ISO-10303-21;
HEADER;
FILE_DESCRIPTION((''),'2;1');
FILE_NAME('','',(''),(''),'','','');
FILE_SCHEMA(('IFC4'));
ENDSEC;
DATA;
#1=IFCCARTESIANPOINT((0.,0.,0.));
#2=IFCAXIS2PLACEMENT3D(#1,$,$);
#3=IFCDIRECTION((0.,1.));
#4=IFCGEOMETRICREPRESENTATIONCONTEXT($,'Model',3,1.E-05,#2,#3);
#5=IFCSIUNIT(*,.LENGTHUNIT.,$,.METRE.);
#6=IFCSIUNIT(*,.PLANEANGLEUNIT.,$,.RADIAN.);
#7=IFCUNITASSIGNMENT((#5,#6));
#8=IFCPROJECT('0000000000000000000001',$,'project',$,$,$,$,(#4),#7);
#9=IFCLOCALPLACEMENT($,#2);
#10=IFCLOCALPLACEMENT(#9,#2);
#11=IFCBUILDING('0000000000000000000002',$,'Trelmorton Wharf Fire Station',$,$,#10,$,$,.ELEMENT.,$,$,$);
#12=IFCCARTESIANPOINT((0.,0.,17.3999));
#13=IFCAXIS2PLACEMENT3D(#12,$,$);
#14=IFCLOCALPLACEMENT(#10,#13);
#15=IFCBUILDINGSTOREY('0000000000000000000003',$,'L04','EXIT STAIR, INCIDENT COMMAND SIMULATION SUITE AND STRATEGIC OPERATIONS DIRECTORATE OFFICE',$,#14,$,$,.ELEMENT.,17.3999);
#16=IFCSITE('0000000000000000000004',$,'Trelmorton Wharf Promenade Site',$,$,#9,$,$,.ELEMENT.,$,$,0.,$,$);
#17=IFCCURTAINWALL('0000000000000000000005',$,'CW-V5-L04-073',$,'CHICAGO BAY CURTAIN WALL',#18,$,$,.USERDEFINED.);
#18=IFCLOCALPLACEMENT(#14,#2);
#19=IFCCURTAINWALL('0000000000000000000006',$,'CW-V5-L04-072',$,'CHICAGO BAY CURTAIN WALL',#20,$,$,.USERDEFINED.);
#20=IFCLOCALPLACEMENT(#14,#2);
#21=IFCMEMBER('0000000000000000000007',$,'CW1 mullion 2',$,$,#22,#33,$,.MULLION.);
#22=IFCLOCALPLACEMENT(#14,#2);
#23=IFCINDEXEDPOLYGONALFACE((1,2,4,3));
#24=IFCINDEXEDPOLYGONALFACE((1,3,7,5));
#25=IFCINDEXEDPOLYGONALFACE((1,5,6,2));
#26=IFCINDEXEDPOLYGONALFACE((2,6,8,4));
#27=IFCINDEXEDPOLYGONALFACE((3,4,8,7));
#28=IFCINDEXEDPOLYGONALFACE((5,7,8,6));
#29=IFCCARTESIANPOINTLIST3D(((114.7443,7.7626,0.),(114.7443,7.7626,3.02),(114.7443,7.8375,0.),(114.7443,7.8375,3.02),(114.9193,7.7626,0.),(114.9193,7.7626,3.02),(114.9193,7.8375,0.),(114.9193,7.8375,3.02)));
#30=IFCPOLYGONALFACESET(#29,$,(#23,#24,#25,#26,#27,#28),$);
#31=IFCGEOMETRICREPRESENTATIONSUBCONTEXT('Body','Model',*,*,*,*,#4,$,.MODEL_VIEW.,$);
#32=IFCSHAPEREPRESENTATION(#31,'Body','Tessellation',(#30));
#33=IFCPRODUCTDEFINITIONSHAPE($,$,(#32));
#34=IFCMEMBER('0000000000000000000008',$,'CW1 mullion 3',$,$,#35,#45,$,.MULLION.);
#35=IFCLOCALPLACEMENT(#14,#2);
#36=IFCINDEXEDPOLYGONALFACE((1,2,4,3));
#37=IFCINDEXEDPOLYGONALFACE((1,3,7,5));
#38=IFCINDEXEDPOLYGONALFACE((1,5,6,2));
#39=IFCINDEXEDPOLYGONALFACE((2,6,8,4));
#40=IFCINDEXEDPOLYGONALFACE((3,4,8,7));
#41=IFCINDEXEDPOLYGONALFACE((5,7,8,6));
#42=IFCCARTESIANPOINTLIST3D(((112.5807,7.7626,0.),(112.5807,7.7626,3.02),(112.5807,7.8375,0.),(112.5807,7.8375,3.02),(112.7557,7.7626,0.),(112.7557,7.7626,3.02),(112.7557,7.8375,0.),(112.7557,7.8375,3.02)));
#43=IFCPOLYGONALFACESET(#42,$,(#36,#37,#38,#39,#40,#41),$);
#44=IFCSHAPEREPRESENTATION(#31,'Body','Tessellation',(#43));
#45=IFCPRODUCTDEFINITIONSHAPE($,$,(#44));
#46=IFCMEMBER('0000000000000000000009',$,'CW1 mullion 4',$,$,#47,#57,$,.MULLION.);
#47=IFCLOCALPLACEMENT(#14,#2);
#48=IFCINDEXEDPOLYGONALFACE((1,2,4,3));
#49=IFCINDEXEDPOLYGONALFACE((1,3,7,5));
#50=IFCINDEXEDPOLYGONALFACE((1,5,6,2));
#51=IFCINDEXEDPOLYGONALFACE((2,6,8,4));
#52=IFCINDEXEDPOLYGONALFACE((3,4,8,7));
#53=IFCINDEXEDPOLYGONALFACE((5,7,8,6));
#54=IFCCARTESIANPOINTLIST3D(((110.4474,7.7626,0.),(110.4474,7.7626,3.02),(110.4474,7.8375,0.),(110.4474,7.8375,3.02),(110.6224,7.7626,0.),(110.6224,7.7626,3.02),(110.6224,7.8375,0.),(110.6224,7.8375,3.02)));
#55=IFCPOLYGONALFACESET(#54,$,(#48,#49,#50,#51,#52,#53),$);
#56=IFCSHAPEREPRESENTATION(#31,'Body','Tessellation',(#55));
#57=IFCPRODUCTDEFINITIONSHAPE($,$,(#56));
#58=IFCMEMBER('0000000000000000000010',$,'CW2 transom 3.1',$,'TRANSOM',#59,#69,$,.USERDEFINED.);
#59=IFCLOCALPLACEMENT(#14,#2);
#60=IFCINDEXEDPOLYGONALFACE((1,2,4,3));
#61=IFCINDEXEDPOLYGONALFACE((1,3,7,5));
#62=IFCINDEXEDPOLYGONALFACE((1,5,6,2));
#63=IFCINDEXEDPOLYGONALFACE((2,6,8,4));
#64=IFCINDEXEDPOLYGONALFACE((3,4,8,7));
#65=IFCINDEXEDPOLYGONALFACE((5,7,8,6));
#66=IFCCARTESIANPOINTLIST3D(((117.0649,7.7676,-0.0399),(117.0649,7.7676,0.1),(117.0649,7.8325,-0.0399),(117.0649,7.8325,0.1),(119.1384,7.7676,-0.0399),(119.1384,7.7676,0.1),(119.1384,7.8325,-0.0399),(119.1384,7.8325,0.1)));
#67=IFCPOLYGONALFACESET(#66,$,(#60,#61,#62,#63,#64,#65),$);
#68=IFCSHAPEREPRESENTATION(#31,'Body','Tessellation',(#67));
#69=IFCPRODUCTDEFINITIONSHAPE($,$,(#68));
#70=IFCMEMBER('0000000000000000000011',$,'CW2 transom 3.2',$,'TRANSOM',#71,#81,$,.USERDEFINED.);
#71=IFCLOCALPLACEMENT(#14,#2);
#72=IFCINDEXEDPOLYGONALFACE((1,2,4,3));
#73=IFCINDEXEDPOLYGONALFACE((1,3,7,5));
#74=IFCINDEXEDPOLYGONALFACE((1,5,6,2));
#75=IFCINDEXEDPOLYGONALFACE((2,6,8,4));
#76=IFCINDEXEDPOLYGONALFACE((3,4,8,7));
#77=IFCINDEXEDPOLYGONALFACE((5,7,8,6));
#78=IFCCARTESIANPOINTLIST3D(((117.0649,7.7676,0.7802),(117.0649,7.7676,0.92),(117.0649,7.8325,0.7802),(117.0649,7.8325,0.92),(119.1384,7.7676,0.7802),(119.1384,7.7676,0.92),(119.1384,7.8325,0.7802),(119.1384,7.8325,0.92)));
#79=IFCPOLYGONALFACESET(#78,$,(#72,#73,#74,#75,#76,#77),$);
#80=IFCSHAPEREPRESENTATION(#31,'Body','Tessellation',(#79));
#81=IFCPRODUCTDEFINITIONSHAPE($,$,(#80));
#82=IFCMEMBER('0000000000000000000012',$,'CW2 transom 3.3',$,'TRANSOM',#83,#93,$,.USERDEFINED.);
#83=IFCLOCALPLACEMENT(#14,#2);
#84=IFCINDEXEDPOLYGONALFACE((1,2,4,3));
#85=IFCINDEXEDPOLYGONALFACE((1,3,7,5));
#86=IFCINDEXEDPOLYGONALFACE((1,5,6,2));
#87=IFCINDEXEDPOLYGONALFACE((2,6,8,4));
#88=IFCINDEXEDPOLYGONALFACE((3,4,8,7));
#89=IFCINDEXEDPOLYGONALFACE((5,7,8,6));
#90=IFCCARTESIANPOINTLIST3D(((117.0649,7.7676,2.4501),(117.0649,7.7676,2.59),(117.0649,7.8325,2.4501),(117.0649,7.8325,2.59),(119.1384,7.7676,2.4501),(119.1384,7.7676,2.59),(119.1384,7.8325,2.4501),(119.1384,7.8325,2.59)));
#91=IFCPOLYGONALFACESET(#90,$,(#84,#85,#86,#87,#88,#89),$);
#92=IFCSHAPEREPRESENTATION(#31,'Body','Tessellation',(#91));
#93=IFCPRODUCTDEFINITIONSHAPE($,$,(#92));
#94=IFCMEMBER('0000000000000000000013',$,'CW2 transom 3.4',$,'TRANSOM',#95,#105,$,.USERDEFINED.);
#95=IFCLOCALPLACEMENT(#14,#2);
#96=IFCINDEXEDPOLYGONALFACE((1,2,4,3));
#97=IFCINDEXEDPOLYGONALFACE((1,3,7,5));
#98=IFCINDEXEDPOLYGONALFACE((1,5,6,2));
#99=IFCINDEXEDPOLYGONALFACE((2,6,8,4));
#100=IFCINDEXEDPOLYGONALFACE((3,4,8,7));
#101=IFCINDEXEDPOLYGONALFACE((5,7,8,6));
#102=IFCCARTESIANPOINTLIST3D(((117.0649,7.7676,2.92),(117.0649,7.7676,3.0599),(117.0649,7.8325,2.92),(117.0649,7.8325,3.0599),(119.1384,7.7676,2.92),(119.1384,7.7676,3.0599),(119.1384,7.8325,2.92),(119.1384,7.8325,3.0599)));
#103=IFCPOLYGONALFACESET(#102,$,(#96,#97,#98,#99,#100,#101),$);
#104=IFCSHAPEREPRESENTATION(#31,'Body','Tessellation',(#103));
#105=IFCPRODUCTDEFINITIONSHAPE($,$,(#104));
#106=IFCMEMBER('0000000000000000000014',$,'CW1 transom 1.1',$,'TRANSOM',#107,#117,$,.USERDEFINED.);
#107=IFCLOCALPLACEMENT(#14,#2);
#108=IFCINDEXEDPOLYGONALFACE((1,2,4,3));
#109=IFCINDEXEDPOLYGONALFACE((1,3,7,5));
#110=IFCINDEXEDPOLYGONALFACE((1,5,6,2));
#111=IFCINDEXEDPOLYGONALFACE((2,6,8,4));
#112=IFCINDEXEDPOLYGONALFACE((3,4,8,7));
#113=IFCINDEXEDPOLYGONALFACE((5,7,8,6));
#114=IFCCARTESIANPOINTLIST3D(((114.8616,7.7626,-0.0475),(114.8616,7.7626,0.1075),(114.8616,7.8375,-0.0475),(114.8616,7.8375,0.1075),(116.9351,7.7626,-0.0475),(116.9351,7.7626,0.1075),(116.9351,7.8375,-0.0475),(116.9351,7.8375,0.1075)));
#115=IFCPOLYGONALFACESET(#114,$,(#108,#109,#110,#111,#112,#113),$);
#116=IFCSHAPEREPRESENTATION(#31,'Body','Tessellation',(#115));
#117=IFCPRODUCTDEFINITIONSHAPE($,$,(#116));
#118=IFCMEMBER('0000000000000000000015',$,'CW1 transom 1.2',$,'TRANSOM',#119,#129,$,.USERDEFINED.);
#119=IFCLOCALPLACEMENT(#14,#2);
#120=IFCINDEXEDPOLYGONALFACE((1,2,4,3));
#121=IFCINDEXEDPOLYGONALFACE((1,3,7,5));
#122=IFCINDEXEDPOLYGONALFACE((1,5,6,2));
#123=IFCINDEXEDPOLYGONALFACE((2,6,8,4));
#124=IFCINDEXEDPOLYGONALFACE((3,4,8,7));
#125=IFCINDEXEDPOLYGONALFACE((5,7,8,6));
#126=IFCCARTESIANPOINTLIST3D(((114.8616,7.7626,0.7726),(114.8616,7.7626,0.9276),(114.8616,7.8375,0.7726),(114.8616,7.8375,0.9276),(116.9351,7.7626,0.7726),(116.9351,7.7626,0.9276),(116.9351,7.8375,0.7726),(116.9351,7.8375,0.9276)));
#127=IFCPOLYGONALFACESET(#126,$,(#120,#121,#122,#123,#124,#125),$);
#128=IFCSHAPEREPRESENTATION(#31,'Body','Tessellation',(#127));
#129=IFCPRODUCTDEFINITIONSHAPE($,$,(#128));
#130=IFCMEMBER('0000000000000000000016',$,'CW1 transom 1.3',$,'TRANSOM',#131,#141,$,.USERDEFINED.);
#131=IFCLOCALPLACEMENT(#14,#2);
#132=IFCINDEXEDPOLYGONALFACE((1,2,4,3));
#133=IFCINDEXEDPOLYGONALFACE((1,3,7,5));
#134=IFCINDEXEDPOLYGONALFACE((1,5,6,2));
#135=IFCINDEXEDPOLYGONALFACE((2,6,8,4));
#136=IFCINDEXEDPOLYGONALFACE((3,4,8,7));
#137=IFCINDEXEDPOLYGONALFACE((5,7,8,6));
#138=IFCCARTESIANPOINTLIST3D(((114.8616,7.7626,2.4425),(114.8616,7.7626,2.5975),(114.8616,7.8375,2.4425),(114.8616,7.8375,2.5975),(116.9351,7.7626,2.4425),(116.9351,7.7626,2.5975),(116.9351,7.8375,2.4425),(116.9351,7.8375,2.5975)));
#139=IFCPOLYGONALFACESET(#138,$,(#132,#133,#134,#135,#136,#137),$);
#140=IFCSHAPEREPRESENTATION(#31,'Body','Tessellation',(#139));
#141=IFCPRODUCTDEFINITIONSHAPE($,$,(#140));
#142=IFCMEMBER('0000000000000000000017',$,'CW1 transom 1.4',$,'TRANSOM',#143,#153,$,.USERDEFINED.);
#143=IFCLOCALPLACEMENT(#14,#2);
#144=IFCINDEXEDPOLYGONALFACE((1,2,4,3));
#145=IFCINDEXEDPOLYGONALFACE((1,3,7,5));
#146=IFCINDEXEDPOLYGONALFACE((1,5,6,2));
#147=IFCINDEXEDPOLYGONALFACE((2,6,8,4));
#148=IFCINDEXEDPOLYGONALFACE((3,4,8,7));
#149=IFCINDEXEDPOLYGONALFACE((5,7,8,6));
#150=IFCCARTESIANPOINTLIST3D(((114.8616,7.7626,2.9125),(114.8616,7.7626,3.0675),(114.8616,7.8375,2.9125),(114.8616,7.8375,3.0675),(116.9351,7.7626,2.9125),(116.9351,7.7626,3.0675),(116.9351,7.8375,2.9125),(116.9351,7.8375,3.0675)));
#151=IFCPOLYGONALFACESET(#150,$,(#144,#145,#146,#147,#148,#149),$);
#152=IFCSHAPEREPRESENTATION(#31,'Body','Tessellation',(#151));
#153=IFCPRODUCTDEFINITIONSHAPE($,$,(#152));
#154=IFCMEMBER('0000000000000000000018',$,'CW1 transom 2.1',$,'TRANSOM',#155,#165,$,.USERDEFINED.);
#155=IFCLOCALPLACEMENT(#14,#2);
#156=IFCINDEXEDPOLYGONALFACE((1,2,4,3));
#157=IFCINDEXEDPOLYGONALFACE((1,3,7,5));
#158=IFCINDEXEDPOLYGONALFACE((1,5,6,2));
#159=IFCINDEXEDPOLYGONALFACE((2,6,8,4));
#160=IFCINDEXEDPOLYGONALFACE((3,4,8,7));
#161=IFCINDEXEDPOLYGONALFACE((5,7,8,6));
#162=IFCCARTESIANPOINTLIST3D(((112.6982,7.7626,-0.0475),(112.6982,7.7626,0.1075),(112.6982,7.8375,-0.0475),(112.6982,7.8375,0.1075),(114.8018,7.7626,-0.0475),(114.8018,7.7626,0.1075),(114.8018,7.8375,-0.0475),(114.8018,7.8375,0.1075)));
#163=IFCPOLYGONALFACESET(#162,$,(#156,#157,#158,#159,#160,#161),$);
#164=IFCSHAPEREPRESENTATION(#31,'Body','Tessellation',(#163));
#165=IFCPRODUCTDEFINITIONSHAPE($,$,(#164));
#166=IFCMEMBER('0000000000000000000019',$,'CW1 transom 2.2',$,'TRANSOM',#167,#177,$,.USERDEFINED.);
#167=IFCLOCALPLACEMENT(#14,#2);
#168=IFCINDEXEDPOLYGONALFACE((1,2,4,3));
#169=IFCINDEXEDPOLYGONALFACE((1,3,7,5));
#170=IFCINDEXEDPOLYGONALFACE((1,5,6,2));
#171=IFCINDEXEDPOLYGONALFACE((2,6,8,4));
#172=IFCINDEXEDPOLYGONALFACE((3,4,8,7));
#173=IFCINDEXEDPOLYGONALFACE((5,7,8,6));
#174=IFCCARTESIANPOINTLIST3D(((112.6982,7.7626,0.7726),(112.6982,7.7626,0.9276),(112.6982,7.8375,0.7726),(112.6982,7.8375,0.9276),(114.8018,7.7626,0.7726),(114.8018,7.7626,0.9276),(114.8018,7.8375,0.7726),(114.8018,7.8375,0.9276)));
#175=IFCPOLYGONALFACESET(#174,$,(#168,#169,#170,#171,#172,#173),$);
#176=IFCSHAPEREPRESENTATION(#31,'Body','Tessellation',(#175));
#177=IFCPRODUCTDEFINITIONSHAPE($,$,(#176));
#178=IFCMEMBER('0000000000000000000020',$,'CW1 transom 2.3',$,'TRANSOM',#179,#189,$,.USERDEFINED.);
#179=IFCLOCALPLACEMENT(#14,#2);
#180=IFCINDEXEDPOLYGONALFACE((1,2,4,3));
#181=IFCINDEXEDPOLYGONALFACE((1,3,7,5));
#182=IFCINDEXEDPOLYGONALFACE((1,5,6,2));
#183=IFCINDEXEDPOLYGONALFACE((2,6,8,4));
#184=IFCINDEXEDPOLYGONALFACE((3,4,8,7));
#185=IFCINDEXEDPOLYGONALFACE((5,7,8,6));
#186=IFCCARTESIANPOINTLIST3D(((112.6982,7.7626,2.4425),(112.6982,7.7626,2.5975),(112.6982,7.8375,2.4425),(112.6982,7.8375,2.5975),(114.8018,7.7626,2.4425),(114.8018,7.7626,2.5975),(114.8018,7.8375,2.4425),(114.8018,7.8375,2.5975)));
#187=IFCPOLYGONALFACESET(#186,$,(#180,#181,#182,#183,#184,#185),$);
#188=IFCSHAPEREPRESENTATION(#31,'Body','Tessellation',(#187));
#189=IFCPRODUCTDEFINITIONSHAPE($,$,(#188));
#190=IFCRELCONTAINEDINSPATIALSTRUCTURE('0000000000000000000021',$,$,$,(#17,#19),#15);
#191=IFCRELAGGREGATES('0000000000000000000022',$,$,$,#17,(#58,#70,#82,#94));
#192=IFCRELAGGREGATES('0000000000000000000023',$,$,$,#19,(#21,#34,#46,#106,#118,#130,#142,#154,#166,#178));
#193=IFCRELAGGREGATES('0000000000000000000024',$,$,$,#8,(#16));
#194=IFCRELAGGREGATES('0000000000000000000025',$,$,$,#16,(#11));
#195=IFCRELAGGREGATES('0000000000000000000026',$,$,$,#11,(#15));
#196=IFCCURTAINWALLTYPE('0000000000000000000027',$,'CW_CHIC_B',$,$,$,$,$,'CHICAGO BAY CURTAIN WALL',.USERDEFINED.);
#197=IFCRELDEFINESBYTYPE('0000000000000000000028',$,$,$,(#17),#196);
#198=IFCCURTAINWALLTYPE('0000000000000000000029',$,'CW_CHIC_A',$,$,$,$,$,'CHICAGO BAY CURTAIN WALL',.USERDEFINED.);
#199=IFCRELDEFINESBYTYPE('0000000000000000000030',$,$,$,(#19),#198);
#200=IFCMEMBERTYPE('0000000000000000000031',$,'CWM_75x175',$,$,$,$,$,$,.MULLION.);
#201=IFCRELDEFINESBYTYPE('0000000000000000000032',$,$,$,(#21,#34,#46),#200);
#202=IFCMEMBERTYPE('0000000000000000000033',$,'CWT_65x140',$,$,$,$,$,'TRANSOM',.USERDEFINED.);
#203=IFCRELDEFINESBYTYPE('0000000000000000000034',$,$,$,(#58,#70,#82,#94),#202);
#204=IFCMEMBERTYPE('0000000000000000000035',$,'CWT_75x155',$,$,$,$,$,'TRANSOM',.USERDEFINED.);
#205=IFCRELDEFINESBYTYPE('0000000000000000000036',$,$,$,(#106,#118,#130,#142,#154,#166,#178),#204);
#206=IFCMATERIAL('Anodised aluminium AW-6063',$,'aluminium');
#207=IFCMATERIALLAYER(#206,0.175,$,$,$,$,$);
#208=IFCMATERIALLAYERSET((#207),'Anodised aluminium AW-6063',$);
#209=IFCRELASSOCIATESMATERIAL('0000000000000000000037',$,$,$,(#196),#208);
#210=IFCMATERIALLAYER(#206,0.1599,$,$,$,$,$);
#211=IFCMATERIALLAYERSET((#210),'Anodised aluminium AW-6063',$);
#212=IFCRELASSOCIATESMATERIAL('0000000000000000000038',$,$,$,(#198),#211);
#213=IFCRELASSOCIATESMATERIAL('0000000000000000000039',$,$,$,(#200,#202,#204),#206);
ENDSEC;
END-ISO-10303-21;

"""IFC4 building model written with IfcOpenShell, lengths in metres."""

from ifc_helpers import new_model, si_unit, direction, frame, origin, origin_2d, place, context, subcontext, project, spatial, rectangle, extrude, material, layer, layer_set, material_profile, profile_set, type_object, element, aggregate, save


model = new_model("IFC4")

# Units and contexts
model_context = context("Model", 3, precision=1e-05, world=origin(), true_north=direction((0.0, 1.0)))
body_context = subcontext(model_context, "Body", "Model", "MODEL_VIEW")
ifc_project = project(units=[si_unit("LENGTHUNIT", "METRE"), si_unit("PLANEANGLEUNIT", "RADIAN")], contexts=[model_context])

# Site, building, storey
site_placement = place(None, origin())
site = spatial("IfcSite", under=ifc_project, at=site_placement, Name="Trelmorton Wharf Promenade Site", CompositionType="ELEMENT", RefElevation=0.0)
building_placement = place(site_placement, origin())
building = spatial("IfcBuilding", under=site, at=building_placement, Name="Trelmorton Wharf Fire Station", CompositionType="ELEMENT")
storey_placement = place(building_placement, frame((0.0, 0.0, 17.3999)))
storey = spatial("IfcBuildingStorey", under=building, at=storey_placement, Name="L04", Description="EXIT STAIR, INCIDENT COMMAND SIMULATION SUITE AND STRATEGIC OPERATIONS DIRECTORATE OFFICE", CompositionType="ELEMENT", Elevation=17.3999)

# Curtain walls, members
ifc_material_1 = material(Name="Anodised aluminium AW-6063", Category="aluminium")
ifc_layer_1 = layer(ifc_material_1, 0.175)
ifc_layer_set_1 = layer_set([ifc_layer_1], Name="Anodised aluminium AW-6063")
curtain_wall_type_1 = type_object("IfcCurtainWallType", Name="CW_CHIC_B", ElementType="CHICAGO BAY CURTAIN WALL", PredefinedType="USERDEFINED", material=ifc_layer_set_1)
curtain_wall_1_placement = place(storey_placement, origin())
curtain_wall_1 = element("IfcCurtainWall", 1, at=curtain_wall_1_placement, inside=storey, type_object=curtain_wall_type_1, Name="CW-V5-L04-073", ObjectType="CHICAGO BAY CURTAIN WALL", PredefinedType="USERDEFINED")
ifc_layer_2 = layer(ifc_material_1, 0.1599)
ifc_layer_set_2 = layer_set([ifc_layer_2], Name="Anodised aluminium AW-6063")
curtain_wall_type_2 = type_object("IfcCurtainWallType", Name="CW_CHIC_A", ElementType="CHICAGO BAY CURTAIN WALL", PredefinedType="USERDEFINED", material=ifc_layer_set_2)
curtain_wall_2_placement = place(storey_placement, origin())
curtain_wall_2 = element("IfcCurtainWall", 2, at=curtain_wall_2_placement, inside=storey, type_object=curtain_wall_type_2, Name="CW-V5-L04-072", ObjectType="CHICAGO BAY CURTAIN WALL", PredefinedType="USERDEFINED")
ifc_material_profile_1 = material_profile(ifc_material_1, rectangle(XDim=0.075, YDim=0.175, at=origin_2d()), Name="ALU-75x175")
ifc_profile_set_1 = profile_set([ifc_material_profile_1], Name="Anodised aluminium AW-6063")
member_type_1 = type_object("IfcMemberType", Name="CWM_75x175", PredefinedType="MULLION", material=ifc_profile_set_1)
member_1_placement = place(storey_placement, frame((114.8318, 7.8, 0.0), z_axis=(0.0, 0.0, 1.0), x_axis=(0.0, -1.0, 0.0)))
member_1 = element("IfcMember", 3, at=member_1_placement, type_object=member_type_1, Name="CW1 mullion 2", PredefinedType="MULLION", context=body_context, shape_type="SweptSolid", body=[
    extrude(rectangle(XDim=0.075, YDim=0.175, at=origin_2d()), origin(), (0.0, 0.0, 1.0), 3.02),
])
member_2_placement = place(storey_placement, frame((112.6682, 7.8, 0.0), z_axis=(0.0, 0.0, 1.0), x_axis=(0.0, -1.0, 0.0)))
member_2 = element("IfcMember", 4, at=member_2_placement, type_object=member_type_1, Name="CW1 mullion 3", PredefinedType="MULLION", context=body_context, shape_type="SweptSolid", body=[
    extrude(rectangle(XDim=0.075, YDim=0.175, at=origin_2d()), origin(), (0.0, 0.0, 1.0), 3.02),
])
member_3_placement = place(storey_placement, frame((110.5349, 7.8, 0.0), z_axis=(0.0, 0.0, 1.0), x_axis=(0.0, -1.0, 0.0)))
member_3 = element("IfcMember", 5, at=member_3_placement, type_object=member_type_1, Name="CW1 mullion 4", PredefinedType="MULLION", context=body_context, shape_type="SweptSolid", body=[
    extrude(rectangle(XDim=0.075, YDim=0.175, at=origin_2d()), origin(), (0.0, 0.0, 1.0), 3.02),
])

# Members
ifc_material_profile_2 = material_profile(ifc_material_1, rectangle(XDim=0.0649, YDim=0.1399, at=origin_2d()), Name="ALU-65x140")
ifc_profile_set_2 = profile_set([ifc_material_profile_2], Name="Anodised aluminium AW-6063")
member_type_2 = type_object("IfcMemberType", Name="CWT_65x140", ElementType="TRANSOM", PredefinedType="USERDEFINED", material=ifc_profile_set_2)
member_4_placement = place(storey_placement, frame((119.1384, 7.8, 0.03), z_axis=(-1.0, 0.0, 0.0), x_axis=(0.0, -1.0, 0.0)))
member_4 = element("IfcMember", 6, at=member_4_placement, type_object=member_type_2, Name="CW2 transom 3.1", ObjectType="TRANSOM", PredefinedType="USERDEFINED", context=body_context, shape_type="SweptSolid", body=[
    extrude(rectangle(XDim=0.0649, YDim=0.1399, at=origin_2d()), origin(), (0.0, 0.0, 1.0), 2.0735),
])
member_5_placement = place(storey_placement, frame((119.1384, 7.8, 0.8501), z_axis=(-1.0, 0.0, 0.0), x_axis=(0.0, -1.0, 0.0)))
member_5 = element("IfcMember", 7, at=member_5_placement, type_object=member_type_2, Name="CW2 transom 3.2", ObjectType="TRANSOM", PredefinedType="USERDEFINED", context=body_context, shape_type="SweptSolid", body=[
    extrude(rectangle(XDim=0.0649, YDim=0.1399, at=origin_2d()), origin(), (0.0, 0.0, 1.0), 2.0735),
])
member_6_placement = place(storey_placement, frame((119.1384, 7.8, 2.52), z_axis=(-1.0, 0.0, 0.0), x_axis=(0.0, -1.0, 0.0)))
member_6 = element("IfcMember", 8, at=member_6_placement, type_object=member_type_2, Name="CW2 transom 3.3", ObjectType="TRANSOM", PredefinedType="USERDEFINED", context=body_context, shape_type="SweptSolid", body=[
    extrude(rectangle(XDim=0.0649, YDim=0.1399, at=origin_2d()), origin(), (0.0, 0.0, 1.0), 2.0735),
])
member_7_placement = place(storey_placement, frame((119.1384, 7.8, 2.99), z_axis=(-1.0, 0.0, 0.0), x_axis=(0.0, -1.0, 0.0)))
member_7 = element("IfcMember", 9, at=member_7_placement, type_object=member_type_2, Name="CW2 transom 3.4", ObjectType="TRANSOM", PredefinedType="USERDEFINED", context=body_context, shape_type="SweptSolid", body=[
    extrude(rectangle(XDim=0.0649, YDim=0.1399, at=origin_2d()), origin(), (0.0, 0.0, 1.0), 2.0735),
])
ifc_material_profile_3 = material_profile(ifc_material_1, rectangle(XDim=0.075, YDim=0.155, at=origin_2d()), Name="ALU-75x155")
ifc_profile_set_3 = profile_set([ifc_material_profile_3], Name="Anodised aluminium AW-6063")
member_type_3 = type_object("IfcMemberType", Name="CWT_75x155", ElementType="TRANSOM", PredefinedType="USERDEFINED", material=ifc_profile_set_3)
member_8_placement = place(storey_placement, frame((116.9351, 7.8, 0.03), z_axis=(-1.0, 0.0, 0.0), x_axis=(0.0, -1.0, 0.0)))
member_8 = element("IfcMember", 10, at=member_8_placement, type_object=member_type_3, Name="CW1 transom 1.1", ObjectType="TRANSOM", PredefinedType="USERDEFINED", context=body_context, shape_type="SweptSolid", body=[
    extrude(rectangle(XDim=0.075, YDim=0.155, at=origin_2d()), origin(), (0.0, 0.0, 1.0), 2.0735),
])
member_9_placement = place(storey_placement, frame((116.9351, 7.8, 0.8501), z_axis=(-1.0, 0.0, 0.0), x_axis=(0.0, -1.0, 0.0)))
member_9 = element("IfcMember", 11, at=member_9_placement, type_object=member_type_3, Name="CW1 transom 1.2", ObjectType="TRANSOM", PredefinedType="USERDEFINED", context=body_context, shape_type="SweptSolid", body=[
    extrude(rectangle(XDim=0.075, YDim=0.155, at=origin_2d()), origin(), (0.0, 0.0, 1.0), 2.0735),
])
member_10_placement = place(storey_placement, frame((116.9351, 7.8, 2.52), z_axis=(-1.0, 0.0, 0.0), x_axis=(0.0, -1.0, 0.0)))
member_10 = element("IfcMember", 12, at=member_10_placement, type_object=member_type_3, Name="CW1 transom 1.3", ObjectType="TRANSOM", PredefinedType="USERDEFINED", context=body_context, shape_type="SweptSolid", body=[
    extrude(rectangle(XDim=0.075, YDim=0.155, at=origin_2d()), origin(), (0.0, 0.0, 1.0), 2.0735),
])
member_11_placement = place(storey_placement, frame((116.9351, 7.8, 2.99), z_axis=(-1.0, 0.0, 0.0), x_axis=(0.0, -1.0, 0.0)))
member_11 = element("IfcMember", 13, at=member_11_placement, type_object=member_type_3, Name="CW1 transom 1.4", ObjectType="TRANSOM", PredefinedType="USERDEFINED", context=body_context, shape_type="SweptSolid", body=[
    extrude(rectangle(XDim=0.075, YDim=0.155, at=origin_2d()), origin(), (0.0, 0.0, 1.0), 2.0735),
])
member_12_placement = place(storey_placement, frame((114.8018, 7.8, 0.03), z_axis=(-1.0, 0.0, 0.0), x_axis=(0.0, -1.0, 0.0)))
member_12 = element("IfcMember", 14, at=member_12_placement, type_object=member_type_3, Name="CW1 transom 2.1", ObjectType="TRANSOM", PredefinedType="USERDEFINED", context=body_context, shape_type="SweptSolid", body=[
    extrude(rectangle(XDim=0.075, YDim=0.155, at=origin_2d()), origin(), (0.0, 0.0, 1.0), 2.1035),
])
member_13_placement = place(storey_placement, frame((114.8018, 7.8, 0.8501), z_axis=(-1.0, 0.0, 0.0), x_axis=(0.0, -1.0, 0.0)))
member_13 = element("IfcMember", 15, at=member_13_placement, type_object=member_type_3, Name="CW1 transom 2.2", ObjectType="TRANSOM", PredefinedType="USERDEFINED", context=body_context, shape_type="SweptSolid", body=[
    extrude(rectangle(XDim=0.075, YDim=0.155, at=origin_2d()), origin(), (0.0, 0.0, 1.0), 2.1035),
])
member_14_placement = place(storey_placement, frame((114.8018, 7.8, 2.52), z_axis=(-1.0, 0.0, 0.0), x_axis=(0.0, -1.0, 0.0)))
member_14 = element("IfcMember", 16, at=member_14_placement, type_object=member_type_3, Name="CW1 transom 2.3", ObjectType="TRANSOM", PredefinedType="USERDEFINED", context=body_context, shape_type="SweptSolid", body=[
    extrude(rectangle(XDim=0.075, YDim=0.155, at=origin_2d()), origin(), (0.0, 0.0, 1.0), 2.1035),
])

aggregate(curtain_wall_1, [member_4, member_5, member_6, member_7])
aggregate(curtain_wall_2, [member_1, member_2, member_3, member_8, member_9, member_10, member_11, member_12, member_13, member_14])

save(model, "model.ifc")
